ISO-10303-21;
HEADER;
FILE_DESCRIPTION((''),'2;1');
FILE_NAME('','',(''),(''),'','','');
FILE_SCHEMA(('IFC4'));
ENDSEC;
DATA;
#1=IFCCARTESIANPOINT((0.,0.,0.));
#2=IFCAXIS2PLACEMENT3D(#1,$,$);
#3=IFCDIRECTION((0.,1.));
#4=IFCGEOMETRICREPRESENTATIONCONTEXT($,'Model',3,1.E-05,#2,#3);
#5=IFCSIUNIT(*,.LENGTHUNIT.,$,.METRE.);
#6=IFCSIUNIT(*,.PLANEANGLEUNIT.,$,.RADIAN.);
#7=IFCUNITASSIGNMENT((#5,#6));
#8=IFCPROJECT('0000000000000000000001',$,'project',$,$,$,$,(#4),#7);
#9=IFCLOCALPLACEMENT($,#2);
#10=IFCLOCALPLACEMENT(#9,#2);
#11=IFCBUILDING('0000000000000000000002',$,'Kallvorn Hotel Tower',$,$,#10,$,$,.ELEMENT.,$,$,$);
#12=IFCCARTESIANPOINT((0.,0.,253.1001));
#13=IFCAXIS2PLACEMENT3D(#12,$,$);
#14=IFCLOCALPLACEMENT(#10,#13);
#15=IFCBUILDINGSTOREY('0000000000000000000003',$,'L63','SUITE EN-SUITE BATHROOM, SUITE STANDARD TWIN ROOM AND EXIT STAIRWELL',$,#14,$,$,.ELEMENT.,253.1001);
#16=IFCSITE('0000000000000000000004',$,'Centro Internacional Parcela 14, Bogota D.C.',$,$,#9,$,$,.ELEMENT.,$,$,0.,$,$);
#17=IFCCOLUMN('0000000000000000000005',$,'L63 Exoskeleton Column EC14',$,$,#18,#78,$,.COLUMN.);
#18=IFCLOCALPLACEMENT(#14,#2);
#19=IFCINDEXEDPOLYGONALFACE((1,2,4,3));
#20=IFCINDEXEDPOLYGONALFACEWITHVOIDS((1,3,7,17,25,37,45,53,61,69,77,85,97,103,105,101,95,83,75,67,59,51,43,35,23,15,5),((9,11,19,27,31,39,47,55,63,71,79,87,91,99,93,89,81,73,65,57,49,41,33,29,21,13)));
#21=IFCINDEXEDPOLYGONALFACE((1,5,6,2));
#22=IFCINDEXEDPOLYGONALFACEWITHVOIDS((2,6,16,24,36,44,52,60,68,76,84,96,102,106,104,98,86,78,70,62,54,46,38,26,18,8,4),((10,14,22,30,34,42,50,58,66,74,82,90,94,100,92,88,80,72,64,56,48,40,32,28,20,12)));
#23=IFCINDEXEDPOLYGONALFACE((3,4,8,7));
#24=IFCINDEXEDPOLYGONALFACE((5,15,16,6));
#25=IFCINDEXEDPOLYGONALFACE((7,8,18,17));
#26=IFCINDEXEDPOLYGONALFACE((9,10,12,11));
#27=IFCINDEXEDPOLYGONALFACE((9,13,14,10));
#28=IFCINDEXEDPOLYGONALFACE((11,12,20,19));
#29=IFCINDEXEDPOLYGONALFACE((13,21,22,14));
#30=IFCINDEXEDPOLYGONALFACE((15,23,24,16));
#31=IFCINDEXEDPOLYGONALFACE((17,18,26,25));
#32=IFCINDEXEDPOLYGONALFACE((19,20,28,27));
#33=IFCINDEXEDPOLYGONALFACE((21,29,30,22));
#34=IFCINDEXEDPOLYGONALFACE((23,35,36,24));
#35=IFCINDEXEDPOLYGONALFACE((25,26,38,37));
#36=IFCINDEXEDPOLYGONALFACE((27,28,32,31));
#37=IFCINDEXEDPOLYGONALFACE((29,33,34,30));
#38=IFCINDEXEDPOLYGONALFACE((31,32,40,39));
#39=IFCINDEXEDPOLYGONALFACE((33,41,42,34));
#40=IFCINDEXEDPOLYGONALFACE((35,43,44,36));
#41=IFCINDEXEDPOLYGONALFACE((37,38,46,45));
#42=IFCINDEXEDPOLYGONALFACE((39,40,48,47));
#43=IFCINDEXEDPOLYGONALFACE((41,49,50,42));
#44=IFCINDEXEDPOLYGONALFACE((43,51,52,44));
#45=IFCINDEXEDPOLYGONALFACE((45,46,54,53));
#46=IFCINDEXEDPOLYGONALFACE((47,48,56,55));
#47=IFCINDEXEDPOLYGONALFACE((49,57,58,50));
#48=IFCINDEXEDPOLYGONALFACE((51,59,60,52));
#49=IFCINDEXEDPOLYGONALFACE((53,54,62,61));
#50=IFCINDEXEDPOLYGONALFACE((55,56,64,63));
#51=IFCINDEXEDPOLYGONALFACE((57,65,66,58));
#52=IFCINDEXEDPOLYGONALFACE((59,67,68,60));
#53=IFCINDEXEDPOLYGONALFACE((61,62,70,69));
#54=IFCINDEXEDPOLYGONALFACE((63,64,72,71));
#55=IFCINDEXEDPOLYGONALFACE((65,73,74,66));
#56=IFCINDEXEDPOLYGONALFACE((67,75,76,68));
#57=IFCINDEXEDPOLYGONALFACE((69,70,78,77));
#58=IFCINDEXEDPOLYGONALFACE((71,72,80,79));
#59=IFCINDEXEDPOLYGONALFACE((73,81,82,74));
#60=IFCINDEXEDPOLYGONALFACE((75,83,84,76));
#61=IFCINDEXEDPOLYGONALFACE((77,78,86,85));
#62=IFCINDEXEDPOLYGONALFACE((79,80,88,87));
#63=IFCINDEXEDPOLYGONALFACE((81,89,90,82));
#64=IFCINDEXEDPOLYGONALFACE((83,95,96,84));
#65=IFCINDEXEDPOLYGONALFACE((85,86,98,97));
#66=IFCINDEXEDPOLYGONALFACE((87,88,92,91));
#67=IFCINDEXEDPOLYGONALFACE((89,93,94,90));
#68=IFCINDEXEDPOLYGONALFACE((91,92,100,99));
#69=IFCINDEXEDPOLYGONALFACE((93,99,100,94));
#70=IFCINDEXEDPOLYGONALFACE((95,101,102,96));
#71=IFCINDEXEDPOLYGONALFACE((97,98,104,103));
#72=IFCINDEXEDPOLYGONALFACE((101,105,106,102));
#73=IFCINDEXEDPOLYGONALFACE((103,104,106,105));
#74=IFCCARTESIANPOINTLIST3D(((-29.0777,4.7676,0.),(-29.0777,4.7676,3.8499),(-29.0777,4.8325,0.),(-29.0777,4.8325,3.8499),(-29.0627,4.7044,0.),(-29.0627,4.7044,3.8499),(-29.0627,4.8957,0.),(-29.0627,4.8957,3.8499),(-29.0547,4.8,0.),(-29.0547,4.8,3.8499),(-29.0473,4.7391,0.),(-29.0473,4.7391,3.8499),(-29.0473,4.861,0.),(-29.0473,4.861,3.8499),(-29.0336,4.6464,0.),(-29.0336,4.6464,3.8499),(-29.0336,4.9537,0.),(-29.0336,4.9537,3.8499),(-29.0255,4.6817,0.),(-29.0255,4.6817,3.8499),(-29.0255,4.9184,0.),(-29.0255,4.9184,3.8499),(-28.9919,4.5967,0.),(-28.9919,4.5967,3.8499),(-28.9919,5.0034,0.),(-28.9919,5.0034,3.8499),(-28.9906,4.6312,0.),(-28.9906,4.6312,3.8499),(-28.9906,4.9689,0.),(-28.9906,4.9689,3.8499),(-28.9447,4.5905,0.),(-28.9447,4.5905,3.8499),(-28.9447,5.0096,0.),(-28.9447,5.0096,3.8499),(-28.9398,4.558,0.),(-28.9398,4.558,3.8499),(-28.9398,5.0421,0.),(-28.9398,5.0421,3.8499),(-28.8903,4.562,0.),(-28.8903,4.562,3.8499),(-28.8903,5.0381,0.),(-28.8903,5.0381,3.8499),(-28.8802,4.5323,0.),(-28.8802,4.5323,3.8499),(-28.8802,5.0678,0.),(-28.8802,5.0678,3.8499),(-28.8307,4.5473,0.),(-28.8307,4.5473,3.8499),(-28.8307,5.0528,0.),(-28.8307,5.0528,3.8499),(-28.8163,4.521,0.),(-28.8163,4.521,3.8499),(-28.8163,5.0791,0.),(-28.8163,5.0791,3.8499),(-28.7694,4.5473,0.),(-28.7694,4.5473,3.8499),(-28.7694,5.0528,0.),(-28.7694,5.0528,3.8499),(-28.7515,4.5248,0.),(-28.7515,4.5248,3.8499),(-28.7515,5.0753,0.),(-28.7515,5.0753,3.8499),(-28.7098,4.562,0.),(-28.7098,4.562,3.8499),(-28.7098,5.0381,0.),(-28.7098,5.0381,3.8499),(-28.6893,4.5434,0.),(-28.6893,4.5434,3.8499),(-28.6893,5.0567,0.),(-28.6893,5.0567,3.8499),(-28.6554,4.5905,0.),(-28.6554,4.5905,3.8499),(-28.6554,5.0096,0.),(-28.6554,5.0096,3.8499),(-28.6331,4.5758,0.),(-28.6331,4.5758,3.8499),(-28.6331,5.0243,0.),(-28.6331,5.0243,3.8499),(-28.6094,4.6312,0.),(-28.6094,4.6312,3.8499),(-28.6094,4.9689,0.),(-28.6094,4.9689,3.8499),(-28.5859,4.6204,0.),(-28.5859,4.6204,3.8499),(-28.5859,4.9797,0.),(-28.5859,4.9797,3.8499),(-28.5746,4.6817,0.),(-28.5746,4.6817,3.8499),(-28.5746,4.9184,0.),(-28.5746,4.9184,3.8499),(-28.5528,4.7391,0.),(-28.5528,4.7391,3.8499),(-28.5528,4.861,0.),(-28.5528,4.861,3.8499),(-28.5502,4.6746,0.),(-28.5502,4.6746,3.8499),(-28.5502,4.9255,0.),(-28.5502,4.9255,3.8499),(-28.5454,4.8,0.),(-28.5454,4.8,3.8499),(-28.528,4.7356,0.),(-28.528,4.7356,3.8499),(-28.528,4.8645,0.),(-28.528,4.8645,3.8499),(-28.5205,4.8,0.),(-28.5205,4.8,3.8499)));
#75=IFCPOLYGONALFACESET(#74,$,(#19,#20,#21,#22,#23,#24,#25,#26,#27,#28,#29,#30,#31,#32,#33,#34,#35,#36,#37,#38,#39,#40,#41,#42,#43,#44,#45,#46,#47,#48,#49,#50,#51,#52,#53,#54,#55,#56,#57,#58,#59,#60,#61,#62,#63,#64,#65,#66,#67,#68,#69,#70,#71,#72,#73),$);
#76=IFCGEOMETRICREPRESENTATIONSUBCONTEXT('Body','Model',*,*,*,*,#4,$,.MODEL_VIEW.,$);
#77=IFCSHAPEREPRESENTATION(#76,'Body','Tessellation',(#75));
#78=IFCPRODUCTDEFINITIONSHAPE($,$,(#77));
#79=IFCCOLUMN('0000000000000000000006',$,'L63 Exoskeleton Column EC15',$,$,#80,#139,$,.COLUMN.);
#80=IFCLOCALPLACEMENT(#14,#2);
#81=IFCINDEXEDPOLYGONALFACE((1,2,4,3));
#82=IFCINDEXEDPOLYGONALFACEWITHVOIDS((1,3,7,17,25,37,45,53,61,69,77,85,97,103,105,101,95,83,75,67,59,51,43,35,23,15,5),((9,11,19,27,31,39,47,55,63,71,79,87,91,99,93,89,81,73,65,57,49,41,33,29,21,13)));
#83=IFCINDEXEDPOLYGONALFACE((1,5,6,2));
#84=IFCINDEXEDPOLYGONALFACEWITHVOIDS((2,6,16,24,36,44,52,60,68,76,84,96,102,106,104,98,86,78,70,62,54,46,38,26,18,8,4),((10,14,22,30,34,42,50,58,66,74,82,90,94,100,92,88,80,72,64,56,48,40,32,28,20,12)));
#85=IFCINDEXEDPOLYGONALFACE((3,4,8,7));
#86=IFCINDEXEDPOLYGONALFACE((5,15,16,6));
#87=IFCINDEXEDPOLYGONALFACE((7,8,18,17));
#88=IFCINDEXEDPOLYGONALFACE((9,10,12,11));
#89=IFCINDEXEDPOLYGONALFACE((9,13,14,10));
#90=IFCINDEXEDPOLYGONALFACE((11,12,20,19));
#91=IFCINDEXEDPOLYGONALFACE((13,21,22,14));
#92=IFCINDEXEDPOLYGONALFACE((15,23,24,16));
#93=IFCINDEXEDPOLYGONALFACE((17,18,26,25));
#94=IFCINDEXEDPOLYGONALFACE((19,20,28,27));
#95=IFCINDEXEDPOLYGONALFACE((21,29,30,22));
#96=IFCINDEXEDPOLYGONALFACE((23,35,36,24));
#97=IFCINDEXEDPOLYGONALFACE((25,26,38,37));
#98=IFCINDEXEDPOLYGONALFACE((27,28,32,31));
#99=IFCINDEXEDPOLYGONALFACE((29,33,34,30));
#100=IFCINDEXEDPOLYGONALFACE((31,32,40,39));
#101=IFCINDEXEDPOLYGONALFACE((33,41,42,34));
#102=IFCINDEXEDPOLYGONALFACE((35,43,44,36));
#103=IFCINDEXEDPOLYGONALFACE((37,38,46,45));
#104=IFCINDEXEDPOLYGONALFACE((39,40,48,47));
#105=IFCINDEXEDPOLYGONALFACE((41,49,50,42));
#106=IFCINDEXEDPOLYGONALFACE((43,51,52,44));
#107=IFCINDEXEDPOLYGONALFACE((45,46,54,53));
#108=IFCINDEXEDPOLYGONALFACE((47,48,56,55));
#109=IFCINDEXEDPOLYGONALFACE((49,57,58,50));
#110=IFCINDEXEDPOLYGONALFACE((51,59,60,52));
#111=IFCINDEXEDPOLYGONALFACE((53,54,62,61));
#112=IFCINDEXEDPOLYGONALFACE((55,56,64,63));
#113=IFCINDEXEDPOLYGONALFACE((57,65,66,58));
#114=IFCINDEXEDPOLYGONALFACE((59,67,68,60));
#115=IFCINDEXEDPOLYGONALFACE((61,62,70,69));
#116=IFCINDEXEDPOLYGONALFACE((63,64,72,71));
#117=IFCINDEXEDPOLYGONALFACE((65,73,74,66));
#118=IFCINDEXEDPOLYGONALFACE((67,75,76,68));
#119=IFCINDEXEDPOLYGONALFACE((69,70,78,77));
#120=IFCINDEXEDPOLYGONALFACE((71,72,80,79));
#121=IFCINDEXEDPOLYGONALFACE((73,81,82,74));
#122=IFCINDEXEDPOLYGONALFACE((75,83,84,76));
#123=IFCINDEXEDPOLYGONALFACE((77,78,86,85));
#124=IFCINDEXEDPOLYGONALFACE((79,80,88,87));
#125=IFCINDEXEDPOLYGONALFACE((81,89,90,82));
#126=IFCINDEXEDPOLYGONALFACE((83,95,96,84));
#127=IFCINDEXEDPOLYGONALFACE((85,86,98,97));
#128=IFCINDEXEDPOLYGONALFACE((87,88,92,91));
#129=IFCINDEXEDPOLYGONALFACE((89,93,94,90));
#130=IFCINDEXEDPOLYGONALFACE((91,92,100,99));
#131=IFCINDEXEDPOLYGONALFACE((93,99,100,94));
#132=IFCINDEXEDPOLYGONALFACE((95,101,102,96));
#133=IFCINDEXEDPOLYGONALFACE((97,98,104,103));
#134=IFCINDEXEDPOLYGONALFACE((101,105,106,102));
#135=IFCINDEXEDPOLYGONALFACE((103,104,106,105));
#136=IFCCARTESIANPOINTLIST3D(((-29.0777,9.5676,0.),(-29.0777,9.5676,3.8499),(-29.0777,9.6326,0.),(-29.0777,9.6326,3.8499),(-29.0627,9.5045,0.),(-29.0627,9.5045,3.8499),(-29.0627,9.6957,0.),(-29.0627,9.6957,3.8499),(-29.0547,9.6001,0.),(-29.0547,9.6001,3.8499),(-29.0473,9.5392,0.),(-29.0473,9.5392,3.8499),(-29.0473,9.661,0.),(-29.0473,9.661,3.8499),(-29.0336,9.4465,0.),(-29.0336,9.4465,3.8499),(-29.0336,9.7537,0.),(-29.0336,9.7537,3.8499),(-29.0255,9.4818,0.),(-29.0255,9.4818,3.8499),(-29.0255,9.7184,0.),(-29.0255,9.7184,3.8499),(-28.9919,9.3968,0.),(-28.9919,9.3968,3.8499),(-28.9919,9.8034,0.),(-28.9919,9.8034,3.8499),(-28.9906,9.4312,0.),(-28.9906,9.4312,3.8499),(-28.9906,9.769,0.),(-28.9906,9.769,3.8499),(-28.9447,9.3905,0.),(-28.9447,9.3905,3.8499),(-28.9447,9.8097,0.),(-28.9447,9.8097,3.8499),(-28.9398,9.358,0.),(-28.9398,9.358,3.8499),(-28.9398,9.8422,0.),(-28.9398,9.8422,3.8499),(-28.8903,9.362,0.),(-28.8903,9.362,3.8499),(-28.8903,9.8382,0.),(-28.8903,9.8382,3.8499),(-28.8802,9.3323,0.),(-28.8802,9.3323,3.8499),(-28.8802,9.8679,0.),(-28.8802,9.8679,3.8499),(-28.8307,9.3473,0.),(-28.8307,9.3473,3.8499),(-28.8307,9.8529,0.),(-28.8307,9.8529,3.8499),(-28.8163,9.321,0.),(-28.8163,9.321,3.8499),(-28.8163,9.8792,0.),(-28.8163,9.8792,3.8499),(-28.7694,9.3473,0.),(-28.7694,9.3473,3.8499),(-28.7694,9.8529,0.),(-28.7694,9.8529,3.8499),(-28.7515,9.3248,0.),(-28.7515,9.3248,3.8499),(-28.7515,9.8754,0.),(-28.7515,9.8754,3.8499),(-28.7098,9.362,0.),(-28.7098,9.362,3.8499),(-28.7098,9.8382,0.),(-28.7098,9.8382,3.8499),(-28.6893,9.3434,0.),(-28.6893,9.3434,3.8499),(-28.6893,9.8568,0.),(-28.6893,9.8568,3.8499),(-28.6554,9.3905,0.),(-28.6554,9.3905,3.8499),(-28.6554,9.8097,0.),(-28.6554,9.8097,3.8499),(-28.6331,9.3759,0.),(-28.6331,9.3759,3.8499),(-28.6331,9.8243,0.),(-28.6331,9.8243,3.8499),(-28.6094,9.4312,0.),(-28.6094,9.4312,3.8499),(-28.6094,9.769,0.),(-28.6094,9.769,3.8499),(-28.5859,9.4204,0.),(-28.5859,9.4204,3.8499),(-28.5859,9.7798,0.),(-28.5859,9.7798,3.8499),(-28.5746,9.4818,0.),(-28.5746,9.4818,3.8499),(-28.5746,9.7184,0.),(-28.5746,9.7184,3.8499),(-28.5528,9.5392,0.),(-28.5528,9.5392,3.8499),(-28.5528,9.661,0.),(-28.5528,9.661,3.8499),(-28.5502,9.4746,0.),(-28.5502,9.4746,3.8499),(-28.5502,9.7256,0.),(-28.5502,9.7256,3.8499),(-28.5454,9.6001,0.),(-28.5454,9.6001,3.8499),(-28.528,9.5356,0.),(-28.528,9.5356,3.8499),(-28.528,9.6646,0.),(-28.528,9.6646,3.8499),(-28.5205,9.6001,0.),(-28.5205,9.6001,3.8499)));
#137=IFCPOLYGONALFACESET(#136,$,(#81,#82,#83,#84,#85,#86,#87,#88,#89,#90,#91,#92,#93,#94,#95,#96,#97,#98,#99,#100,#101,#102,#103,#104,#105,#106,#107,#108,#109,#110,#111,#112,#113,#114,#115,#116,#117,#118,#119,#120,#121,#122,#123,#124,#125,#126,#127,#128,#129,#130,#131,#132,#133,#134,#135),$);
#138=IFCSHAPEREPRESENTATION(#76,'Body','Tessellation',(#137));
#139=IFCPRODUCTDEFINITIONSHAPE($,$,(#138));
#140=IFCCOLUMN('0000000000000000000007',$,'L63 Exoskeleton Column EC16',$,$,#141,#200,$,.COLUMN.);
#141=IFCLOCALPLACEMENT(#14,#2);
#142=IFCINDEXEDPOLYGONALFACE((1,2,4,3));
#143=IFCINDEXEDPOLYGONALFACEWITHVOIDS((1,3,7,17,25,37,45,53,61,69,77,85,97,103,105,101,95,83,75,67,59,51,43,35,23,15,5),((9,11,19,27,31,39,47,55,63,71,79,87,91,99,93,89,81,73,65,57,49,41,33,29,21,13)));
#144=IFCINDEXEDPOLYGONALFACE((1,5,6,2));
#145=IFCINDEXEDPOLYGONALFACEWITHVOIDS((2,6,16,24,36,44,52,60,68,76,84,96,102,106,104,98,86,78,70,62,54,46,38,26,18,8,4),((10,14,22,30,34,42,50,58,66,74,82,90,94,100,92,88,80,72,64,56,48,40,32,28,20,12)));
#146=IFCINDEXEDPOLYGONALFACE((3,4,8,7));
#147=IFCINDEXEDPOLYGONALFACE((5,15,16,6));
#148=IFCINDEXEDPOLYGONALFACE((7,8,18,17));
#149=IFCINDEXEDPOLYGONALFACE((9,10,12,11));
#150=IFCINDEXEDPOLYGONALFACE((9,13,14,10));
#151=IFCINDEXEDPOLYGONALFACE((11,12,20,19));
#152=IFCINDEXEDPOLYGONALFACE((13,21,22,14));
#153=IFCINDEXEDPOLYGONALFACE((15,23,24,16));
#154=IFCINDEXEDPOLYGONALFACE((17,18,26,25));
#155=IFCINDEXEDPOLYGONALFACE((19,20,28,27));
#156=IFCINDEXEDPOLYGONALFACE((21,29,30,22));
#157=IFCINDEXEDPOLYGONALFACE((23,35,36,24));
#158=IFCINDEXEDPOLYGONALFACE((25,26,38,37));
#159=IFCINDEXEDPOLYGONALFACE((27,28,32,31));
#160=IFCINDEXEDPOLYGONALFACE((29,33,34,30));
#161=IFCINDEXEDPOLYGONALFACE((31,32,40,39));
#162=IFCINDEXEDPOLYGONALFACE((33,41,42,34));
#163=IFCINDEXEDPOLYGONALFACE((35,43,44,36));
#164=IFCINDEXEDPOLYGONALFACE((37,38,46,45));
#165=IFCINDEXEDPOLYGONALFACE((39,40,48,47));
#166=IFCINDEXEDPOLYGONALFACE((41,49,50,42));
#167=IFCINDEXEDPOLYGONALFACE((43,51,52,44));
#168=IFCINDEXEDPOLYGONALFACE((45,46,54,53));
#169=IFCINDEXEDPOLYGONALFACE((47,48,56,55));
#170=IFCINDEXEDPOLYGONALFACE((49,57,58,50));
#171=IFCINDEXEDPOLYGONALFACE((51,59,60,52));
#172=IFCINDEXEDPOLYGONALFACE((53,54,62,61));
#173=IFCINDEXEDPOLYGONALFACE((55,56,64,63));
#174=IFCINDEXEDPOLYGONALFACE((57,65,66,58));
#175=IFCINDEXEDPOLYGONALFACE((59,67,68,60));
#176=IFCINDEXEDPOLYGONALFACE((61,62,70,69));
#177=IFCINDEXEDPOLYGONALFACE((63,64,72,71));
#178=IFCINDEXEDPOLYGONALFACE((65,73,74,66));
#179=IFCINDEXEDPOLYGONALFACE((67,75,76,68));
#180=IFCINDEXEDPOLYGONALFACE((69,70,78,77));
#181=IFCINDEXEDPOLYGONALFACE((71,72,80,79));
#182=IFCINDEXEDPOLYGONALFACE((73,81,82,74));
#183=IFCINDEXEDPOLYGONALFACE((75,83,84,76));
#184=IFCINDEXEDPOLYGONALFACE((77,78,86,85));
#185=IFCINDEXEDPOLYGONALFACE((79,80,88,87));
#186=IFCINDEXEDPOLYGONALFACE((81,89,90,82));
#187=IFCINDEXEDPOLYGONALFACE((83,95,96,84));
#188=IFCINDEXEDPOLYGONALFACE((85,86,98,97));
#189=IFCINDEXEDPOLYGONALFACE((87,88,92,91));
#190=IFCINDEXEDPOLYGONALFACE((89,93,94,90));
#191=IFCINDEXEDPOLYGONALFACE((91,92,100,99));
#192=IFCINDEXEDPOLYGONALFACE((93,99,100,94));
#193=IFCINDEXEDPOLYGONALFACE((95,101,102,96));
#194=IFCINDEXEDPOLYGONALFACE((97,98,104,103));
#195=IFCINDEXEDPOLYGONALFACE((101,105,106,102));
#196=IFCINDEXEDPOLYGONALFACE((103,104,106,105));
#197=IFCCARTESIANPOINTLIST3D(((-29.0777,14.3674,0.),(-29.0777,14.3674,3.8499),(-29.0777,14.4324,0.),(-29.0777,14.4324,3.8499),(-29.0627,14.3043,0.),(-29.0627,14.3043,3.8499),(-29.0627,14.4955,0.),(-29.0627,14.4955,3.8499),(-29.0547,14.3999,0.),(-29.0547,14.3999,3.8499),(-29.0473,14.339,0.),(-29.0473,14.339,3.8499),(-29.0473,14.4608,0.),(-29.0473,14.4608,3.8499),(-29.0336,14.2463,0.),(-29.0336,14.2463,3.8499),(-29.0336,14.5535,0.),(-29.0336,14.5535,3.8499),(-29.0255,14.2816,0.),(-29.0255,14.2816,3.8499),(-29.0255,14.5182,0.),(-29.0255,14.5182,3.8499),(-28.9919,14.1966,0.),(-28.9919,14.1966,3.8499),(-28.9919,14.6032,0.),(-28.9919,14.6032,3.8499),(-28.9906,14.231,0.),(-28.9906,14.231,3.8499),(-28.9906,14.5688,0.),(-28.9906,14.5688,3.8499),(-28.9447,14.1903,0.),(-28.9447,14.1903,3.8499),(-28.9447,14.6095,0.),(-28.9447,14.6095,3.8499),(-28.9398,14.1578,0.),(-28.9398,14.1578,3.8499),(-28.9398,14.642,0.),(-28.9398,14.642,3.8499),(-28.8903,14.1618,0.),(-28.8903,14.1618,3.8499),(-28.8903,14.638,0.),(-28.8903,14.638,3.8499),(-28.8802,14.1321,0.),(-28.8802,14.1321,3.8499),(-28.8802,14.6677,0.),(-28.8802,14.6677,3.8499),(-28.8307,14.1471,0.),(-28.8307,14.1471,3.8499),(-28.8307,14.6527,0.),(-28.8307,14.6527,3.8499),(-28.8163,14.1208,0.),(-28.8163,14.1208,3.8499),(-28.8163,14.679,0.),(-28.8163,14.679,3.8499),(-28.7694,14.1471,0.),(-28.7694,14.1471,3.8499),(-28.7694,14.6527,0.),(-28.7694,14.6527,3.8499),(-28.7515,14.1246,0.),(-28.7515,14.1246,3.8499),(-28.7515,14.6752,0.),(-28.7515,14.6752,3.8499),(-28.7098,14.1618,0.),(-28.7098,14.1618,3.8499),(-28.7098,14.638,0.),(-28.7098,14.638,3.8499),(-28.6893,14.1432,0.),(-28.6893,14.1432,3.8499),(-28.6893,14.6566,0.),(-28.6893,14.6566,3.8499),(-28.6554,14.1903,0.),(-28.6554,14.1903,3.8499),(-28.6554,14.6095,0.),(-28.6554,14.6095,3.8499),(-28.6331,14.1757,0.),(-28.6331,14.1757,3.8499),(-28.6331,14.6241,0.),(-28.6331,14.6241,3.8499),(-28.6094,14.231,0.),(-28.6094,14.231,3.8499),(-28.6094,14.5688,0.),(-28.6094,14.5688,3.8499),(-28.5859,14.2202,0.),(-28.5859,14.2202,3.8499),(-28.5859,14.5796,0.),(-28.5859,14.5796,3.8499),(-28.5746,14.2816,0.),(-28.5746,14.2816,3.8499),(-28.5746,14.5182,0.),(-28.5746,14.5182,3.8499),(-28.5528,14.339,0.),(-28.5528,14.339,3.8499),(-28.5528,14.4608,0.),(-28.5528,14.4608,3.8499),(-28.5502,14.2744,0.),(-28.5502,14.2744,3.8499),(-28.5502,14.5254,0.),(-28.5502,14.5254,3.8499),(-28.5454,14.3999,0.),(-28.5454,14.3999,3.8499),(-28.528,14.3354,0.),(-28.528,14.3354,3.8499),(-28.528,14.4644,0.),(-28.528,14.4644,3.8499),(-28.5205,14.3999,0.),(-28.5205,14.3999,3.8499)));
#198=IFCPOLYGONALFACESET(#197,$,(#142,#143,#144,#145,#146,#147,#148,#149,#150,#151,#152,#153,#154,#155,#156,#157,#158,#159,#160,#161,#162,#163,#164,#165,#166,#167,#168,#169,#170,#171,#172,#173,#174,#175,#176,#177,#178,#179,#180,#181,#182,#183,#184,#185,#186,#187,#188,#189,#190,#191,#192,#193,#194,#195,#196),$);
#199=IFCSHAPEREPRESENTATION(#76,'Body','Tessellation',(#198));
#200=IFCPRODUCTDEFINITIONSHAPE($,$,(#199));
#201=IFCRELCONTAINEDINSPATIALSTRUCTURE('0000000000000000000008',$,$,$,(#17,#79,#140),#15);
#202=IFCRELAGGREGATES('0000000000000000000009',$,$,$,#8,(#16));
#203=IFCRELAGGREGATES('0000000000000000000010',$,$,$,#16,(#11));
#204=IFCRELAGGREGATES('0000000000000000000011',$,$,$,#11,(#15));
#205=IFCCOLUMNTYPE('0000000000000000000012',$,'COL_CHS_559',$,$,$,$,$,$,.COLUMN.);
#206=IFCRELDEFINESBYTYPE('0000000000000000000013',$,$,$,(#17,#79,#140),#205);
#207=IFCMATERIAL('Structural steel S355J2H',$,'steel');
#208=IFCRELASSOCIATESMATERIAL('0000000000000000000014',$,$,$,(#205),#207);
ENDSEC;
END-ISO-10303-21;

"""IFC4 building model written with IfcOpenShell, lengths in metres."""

from ifc_helpers import new_model, si_unit, direction, frame, origin, origin_2d, place, context, subcontext, project, spatial, hollow_circle, extrude, material, material_profile, profile_set, type_object, element, save


model = new_model("IFC4")

# Units and contexts
model_context = context("Model", 3, precision=1e-05, world=origin(), true_north=direction((0.0, 1.0)))
body_context = subcontext(model_context, "Body", "Model", "MODEL_VIEW")
ifc_project = project(units=[si_unit("LENGTHUNIT", "METRE"), si_unit("PLANEANGLEUNIT", "RADIAN")], contexts=[model_context])

# Site, building, storey
site_placement = place(None, origin())
site = spatial("IfcSite", under=ifc_project, at=site_placement, Name="Centro Internacional Parcela 14, Bogota D.C.", CompositionType="ELEMENT", RefElevation=0.0)
building_placement = place(site_placement, origin())
building = spatial("IfcBuilding", under=site, at=building_placement, Name="Kallvorn Hotel Tower", CompositionType="ELEMENT")
storey_placement = place(building_placement, frame((0.0, 0.0, 253.1001)))
storey = spatial("IfcBuildingStorey", under=building, at=storey_placement, Name="L63", Description="SUITE EN-SUITE BATHROOM, SUITE STANDARD TWIN ROOM AND EXIT STAIRWELL", CompositionType="ELEMENT", Elevation=253.1001)

# Columns
ifc_material_1 = material(Name="Structural steel S355J2H", Category="steel")
ifc_material_profile_1 = material_profile(ifc_material_1, hollow_circle(Radius=0.2795, WallThickness=0.0249, at=origin_2d()), Name="CHS 559x25")
ifc_profile_set_1 = profile_set([ifc_material_profile_1], Name="Structural steel S355J2H")
column_type = type_object("IfcColumnType", Name="COL_CHS_559", PredefinedType="COLUMN", material=ifc_profile_set_1)
for number, where, z_axis, x_axis, name in (
    (1, (-28.8, 4.8, 0.0), (0.0, 0.0, 1.0), (1.0, 0.0, 0.0), "L63 Exoskeleton Column EC14"),
    (2, (-28.8, 9.6001, 0.0), (0.0, 0.0, 1.0), (1.0, 0.0, 0.0), "L63 Exoskeleton Column EC15"),
    (3, (-28.8, 14.3999, 0.0), (0.0, 0.0, 1.0), (1.0, 0.0, 0.0), "L63 Exoskeleton Column EC16"),
):
    element("IfcColumn", number, at=place(storey_placement, frame(where, z_axis=z_axis, x_axis=x_axis)), inside=storey, type_object=column_type, Name=name, PredefinedType="COLUMN", context=body_context, shape_type="SweptSolid", body=[
        extrude(hollow_circle(Radius=0.2795, WallThickness=0.0249, at=origin_2d()), origin(), (0.0, 0.0, 1.0), 3.8499),
    ])

save(model, "model.ifc")
